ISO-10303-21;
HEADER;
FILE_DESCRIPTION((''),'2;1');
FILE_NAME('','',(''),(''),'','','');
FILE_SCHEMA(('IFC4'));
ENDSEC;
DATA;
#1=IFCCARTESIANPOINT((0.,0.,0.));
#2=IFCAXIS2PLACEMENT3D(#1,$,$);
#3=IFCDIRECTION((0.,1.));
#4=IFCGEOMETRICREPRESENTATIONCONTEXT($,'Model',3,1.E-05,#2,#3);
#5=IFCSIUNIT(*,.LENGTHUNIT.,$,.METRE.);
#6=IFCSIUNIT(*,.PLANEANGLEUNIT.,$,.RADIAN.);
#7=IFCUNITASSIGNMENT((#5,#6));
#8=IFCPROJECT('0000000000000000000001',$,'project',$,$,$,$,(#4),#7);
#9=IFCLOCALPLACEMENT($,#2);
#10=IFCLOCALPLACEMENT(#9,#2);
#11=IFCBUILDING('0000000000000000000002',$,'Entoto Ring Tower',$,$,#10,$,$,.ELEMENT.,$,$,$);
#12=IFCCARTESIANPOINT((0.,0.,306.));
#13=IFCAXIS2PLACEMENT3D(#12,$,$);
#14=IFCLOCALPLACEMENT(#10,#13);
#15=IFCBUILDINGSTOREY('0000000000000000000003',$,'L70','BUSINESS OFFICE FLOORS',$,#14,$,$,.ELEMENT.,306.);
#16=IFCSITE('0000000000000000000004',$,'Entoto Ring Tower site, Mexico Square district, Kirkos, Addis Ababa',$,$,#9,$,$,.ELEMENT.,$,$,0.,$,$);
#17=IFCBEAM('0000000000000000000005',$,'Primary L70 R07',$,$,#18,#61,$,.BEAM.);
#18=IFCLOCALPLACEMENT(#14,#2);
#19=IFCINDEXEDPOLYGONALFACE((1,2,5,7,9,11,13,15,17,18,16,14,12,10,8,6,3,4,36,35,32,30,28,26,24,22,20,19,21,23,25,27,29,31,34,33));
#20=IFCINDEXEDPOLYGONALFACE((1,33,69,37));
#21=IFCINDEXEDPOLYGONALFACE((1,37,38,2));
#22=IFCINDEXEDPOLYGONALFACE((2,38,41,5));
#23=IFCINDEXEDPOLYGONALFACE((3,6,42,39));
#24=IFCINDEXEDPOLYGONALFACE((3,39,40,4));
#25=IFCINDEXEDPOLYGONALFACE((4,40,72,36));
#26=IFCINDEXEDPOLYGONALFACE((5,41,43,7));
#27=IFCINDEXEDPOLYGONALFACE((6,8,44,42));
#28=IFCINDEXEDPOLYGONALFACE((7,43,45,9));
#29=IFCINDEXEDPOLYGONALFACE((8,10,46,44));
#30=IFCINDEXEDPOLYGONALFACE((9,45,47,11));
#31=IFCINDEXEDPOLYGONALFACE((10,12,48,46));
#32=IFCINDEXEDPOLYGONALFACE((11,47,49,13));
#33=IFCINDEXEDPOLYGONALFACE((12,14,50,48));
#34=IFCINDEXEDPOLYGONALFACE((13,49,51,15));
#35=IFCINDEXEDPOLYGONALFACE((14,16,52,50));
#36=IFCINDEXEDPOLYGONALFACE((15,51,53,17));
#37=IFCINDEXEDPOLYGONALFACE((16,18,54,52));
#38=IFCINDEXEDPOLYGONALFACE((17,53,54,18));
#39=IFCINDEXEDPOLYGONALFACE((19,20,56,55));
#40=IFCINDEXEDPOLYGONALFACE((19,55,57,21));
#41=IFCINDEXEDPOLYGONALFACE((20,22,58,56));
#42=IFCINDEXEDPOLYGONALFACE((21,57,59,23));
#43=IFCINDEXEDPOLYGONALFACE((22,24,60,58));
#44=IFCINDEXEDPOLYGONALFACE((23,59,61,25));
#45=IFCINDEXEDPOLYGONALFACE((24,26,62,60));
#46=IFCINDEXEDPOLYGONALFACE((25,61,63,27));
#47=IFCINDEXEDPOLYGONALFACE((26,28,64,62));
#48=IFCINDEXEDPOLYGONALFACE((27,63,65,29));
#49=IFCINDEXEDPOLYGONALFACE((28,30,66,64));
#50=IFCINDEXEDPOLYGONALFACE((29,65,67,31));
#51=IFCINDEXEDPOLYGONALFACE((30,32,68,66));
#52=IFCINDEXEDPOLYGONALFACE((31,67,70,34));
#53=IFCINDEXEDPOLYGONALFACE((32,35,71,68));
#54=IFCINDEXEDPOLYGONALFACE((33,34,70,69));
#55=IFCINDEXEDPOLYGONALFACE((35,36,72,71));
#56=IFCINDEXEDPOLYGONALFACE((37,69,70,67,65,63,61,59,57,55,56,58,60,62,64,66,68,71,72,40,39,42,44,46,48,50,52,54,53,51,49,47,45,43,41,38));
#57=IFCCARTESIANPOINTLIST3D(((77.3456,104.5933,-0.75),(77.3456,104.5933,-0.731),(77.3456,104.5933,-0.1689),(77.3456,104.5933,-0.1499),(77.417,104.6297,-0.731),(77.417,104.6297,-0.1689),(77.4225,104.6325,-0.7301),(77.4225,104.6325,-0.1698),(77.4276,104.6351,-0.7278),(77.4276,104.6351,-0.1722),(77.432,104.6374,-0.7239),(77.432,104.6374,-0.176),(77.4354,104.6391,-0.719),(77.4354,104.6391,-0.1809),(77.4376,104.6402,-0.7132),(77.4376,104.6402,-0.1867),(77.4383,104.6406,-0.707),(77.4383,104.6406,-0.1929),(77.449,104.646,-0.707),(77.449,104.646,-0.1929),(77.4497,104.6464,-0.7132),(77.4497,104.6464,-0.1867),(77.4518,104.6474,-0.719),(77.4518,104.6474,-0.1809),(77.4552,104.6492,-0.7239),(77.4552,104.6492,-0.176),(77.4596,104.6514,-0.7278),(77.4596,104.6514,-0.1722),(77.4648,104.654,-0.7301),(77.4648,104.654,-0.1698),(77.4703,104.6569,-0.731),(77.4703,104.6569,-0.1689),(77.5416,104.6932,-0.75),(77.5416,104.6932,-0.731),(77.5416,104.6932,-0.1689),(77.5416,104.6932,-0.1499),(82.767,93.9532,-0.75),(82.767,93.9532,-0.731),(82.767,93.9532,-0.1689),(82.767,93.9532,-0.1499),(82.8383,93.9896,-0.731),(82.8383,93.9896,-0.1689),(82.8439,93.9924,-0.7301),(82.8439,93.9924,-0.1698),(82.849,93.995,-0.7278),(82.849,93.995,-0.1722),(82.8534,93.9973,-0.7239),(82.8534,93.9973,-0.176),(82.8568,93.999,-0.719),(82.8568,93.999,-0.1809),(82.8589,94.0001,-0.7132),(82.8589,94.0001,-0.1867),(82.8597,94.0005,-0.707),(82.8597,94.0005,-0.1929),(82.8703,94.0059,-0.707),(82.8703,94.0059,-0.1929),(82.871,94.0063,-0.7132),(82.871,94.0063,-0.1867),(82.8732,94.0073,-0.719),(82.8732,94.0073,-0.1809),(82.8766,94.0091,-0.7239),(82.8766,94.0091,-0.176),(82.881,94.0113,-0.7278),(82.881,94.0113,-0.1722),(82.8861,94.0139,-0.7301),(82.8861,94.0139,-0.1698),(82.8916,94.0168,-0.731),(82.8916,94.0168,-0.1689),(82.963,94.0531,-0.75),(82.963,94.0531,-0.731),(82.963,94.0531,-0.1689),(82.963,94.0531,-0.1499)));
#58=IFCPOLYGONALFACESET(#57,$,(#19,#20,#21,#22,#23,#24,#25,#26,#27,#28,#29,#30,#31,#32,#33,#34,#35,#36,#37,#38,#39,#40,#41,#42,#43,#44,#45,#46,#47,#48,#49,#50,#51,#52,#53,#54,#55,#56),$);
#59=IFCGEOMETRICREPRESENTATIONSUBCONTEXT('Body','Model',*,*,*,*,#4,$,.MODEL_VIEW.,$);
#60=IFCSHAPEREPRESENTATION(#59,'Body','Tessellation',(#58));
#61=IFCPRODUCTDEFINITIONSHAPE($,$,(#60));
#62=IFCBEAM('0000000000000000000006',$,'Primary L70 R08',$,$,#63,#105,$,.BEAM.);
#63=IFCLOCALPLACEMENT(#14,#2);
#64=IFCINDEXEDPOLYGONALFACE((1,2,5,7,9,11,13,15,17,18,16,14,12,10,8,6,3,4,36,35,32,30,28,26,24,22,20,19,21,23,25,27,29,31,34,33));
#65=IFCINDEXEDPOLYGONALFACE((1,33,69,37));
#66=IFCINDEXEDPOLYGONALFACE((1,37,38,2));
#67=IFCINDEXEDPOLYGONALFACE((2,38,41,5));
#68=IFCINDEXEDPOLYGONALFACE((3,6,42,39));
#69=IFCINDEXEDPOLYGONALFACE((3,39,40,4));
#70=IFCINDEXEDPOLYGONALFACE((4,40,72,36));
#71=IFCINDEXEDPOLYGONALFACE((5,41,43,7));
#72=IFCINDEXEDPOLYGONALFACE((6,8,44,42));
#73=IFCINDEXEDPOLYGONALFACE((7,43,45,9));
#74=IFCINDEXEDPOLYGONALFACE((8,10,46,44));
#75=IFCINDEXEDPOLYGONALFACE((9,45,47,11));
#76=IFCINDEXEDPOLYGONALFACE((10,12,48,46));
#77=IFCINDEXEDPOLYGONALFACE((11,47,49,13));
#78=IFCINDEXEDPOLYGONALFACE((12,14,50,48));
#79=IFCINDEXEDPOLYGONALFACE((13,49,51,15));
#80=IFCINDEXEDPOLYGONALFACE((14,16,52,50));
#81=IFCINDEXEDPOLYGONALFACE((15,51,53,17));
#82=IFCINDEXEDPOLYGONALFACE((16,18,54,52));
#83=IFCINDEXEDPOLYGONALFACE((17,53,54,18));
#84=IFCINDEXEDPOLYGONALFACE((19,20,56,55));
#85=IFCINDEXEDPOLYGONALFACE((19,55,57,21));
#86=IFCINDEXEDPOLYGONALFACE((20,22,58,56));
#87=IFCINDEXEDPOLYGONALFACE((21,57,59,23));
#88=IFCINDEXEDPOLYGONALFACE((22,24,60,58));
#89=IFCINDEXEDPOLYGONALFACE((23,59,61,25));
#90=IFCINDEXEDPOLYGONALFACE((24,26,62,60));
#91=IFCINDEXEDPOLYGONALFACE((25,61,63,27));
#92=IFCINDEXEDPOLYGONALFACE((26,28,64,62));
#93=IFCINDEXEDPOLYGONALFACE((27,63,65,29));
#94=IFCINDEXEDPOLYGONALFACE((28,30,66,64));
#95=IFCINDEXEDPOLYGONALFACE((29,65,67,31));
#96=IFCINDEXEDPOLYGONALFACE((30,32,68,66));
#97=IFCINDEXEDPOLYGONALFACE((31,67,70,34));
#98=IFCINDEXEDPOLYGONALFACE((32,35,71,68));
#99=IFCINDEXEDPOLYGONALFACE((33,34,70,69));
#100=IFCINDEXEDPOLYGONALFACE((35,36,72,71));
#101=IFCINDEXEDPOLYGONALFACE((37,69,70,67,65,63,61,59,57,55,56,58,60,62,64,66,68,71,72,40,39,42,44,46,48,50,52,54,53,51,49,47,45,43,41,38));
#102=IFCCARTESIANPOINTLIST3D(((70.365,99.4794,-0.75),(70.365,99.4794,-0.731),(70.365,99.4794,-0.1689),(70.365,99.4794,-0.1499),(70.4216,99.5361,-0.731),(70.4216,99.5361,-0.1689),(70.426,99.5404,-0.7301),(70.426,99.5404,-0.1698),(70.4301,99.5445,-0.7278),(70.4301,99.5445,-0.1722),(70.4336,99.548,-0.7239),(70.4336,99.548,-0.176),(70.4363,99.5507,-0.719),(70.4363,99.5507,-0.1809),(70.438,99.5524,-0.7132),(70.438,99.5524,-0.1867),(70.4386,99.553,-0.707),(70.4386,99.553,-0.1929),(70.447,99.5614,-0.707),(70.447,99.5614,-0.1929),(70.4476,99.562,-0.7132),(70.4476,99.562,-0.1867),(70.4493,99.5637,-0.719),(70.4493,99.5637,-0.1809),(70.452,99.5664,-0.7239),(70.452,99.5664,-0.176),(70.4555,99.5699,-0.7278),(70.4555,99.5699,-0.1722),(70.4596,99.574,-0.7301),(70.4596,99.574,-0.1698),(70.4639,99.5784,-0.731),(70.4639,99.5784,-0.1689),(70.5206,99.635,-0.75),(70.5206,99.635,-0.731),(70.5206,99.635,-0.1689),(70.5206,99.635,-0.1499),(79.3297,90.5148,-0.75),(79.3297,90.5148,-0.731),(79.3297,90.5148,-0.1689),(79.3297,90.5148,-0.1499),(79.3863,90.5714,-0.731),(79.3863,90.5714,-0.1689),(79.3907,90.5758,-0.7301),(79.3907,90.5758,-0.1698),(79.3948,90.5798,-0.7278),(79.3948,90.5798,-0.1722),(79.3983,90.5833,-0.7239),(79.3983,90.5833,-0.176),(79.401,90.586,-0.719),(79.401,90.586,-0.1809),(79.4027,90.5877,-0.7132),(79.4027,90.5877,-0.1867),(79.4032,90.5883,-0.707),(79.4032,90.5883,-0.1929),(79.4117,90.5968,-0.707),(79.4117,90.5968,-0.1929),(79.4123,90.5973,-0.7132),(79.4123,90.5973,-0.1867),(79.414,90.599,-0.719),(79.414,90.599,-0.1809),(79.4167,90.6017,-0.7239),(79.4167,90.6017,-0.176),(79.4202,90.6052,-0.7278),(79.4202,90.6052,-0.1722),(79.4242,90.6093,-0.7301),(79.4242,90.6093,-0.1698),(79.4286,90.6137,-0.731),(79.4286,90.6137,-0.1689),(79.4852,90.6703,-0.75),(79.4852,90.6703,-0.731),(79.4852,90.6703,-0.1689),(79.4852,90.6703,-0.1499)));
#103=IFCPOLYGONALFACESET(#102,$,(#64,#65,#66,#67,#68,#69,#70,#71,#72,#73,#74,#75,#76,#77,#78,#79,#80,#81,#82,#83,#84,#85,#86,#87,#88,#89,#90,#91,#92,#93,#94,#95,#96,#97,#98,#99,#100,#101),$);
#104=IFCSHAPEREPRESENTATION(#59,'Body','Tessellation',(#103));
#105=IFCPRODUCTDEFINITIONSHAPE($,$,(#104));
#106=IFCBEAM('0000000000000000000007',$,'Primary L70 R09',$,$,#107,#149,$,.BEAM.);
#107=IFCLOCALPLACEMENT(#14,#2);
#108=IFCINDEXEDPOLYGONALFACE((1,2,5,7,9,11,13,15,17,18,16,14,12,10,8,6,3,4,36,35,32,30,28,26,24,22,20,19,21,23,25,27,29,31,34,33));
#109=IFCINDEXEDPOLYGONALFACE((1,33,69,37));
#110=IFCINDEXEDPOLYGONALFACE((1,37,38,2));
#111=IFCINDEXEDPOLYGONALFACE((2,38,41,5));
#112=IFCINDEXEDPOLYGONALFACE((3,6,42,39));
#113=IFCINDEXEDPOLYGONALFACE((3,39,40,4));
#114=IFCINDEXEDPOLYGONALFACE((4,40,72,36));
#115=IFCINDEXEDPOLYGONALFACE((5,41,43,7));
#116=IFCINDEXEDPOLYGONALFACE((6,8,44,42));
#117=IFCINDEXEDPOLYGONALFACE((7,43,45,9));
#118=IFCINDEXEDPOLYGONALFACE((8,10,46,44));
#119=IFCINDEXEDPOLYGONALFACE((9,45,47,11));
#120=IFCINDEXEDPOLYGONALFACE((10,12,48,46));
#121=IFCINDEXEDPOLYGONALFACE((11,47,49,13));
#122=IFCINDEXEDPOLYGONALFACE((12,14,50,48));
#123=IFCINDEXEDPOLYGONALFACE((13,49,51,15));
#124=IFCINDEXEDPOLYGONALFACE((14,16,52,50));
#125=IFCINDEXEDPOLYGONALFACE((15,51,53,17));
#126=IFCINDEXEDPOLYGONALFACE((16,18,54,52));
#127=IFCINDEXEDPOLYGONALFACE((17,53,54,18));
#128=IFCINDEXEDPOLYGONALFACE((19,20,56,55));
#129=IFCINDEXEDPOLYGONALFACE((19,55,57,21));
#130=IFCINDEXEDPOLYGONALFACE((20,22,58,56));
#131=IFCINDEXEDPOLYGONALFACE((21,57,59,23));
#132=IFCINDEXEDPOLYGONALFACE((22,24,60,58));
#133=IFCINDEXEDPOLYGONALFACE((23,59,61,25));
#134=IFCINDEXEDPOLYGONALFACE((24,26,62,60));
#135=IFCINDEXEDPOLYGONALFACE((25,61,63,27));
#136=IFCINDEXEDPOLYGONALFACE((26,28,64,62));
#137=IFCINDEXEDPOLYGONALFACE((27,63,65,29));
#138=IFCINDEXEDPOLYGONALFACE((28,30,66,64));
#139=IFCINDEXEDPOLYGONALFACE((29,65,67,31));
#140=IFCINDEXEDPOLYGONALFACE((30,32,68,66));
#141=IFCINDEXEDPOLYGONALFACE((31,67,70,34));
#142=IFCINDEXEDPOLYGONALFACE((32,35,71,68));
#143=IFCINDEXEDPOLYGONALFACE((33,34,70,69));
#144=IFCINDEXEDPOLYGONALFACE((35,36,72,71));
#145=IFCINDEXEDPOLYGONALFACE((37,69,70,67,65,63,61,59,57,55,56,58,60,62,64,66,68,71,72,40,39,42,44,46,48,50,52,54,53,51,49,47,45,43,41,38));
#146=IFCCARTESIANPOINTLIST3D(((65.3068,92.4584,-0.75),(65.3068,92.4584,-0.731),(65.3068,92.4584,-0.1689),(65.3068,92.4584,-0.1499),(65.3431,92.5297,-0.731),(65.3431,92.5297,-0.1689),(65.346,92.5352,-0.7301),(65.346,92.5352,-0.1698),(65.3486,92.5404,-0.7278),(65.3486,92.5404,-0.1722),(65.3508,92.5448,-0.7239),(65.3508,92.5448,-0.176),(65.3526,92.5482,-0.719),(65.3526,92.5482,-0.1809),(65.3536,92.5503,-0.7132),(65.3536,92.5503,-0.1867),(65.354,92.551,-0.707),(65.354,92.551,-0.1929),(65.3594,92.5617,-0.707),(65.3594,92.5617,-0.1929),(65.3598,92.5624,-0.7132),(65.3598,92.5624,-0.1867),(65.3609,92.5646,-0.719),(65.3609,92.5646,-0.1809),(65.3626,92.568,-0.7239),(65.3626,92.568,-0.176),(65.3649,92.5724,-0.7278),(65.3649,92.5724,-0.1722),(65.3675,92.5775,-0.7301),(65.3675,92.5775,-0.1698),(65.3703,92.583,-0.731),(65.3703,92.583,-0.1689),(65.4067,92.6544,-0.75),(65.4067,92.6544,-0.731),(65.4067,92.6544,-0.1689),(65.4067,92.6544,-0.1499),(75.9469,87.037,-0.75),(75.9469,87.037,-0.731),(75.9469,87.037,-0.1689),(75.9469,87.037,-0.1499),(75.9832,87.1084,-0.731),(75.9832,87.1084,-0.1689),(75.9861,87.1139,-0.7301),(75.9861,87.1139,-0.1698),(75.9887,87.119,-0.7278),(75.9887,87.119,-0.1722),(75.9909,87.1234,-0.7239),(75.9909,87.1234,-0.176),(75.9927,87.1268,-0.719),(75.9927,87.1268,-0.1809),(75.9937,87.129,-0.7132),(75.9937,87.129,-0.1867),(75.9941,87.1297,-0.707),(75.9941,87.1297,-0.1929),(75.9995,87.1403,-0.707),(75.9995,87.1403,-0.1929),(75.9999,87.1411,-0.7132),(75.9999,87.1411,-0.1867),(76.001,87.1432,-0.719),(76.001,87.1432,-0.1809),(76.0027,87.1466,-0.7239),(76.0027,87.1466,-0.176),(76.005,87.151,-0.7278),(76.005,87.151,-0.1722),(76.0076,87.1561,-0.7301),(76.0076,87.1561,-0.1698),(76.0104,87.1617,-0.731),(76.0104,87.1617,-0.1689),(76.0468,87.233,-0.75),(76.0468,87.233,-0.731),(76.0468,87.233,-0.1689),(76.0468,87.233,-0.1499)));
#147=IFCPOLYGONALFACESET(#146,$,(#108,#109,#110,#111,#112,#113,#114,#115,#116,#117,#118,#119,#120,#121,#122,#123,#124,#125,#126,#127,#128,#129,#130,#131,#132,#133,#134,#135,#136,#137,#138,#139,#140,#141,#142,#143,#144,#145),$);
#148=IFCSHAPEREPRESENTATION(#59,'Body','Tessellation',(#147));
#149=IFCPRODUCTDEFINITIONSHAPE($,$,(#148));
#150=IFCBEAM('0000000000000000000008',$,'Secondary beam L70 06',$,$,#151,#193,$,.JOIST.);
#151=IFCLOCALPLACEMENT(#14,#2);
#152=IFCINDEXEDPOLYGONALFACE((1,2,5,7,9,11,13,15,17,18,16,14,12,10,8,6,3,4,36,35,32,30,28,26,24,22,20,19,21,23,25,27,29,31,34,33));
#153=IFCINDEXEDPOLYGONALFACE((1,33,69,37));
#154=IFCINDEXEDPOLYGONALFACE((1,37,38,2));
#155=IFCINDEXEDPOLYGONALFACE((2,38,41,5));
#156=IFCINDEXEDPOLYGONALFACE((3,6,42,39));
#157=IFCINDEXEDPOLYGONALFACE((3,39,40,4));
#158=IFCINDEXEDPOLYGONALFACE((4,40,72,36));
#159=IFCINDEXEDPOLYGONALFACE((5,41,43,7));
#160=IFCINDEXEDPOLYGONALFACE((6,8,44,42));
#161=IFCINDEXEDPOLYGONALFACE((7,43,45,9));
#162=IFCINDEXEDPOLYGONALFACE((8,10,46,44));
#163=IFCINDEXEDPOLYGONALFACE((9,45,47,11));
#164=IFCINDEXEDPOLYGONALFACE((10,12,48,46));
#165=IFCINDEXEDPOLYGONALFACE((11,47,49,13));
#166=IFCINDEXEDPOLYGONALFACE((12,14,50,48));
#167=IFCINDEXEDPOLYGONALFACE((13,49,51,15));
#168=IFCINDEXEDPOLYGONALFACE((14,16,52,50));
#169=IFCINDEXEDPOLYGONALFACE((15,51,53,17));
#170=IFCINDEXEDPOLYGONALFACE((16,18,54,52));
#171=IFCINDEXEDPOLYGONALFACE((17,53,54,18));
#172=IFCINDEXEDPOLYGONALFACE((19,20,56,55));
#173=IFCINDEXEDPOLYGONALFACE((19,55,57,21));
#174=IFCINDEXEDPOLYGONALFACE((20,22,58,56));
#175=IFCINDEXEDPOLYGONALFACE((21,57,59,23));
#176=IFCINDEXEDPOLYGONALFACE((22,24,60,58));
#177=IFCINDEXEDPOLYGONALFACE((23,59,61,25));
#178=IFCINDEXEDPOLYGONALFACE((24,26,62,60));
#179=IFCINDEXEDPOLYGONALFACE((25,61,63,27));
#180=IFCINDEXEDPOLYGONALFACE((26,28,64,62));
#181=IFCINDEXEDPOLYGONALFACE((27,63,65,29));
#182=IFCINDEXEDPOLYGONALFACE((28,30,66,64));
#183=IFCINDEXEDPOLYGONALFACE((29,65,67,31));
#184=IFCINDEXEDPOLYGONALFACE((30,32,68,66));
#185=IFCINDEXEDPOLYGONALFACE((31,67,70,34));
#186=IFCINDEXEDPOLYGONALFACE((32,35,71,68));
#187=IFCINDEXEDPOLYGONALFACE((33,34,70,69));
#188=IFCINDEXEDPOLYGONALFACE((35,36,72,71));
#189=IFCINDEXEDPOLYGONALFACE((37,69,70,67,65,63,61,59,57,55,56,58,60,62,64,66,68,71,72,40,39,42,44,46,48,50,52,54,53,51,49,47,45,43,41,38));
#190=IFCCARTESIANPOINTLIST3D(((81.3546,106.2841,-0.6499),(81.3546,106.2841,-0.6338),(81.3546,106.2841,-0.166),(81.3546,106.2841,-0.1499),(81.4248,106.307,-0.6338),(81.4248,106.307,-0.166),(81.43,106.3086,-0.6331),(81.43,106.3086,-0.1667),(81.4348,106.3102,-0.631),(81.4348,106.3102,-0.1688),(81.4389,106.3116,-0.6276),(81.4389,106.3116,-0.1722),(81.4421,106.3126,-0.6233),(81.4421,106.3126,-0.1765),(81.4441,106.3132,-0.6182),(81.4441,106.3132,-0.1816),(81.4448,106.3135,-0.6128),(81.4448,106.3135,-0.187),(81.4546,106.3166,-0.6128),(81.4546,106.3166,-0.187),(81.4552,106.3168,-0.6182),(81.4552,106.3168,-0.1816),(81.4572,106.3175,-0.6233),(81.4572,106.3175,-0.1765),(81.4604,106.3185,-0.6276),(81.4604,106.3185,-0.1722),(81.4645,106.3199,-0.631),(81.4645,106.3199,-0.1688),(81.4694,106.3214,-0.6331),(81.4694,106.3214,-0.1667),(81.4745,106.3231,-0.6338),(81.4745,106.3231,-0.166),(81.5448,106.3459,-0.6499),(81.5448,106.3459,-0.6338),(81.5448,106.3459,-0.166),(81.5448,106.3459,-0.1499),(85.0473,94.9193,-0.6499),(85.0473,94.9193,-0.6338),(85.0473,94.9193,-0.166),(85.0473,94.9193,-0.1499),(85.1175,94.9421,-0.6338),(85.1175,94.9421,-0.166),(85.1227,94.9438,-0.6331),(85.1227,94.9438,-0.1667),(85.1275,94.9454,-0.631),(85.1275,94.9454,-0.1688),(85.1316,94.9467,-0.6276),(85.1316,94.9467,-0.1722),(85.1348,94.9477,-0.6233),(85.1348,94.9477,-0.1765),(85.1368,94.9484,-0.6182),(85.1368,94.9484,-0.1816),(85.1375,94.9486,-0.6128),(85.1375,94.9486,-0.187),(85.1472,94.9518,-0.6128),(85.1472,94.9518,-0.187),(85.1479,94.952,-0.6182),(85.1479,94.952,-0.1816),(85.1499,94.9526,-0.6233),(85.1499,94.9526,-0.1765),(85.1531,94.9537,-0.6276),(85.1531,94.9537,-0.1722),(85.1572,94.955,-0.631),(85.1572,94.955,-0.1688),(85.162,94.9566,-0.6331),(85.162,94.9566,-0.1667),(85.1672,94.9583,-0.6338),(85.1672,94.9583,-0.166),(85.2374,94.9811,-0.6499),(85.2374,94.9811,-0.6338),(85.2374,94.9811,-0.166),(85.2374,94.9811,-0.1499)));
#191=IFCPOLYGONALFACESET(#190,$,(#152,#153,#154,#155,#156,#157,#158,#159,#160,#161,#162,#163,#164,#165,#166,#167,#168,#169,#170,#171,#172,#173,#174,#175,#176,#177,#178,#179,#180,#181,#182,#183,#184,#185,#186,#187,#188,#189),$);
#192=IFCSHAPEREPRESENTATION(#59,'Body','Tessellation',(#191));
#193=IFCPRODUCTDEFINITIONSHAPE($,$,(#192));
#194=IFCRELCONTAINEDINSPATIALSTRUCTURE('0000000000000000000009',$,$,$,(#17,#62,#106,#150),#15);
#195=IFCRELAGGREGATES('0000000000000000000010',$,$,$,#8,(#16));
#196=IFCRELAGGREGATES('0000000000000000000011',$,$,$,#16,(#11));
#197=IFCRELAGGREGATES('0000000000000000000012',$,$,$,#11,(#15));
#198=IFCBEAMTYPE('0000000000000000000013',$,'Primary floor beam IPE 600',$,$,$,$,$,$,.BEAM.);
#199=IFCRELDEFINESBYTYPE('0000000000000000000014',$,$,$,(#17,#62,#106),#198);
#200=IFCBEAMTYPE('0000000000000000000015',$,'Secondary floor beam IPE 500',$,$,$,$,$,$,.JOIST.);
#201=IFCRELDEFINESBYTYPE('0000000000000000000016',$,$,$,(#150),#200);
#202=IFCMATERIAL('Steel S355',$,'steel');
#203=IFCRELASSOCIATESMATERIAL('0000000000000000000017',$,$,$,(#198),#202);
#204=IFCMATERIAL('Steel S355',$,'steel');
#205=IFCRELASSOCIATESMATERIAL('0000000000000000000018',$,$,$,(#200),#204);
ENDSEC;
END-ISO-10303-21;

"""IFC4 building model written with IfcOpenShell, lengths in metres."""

from ifc_helpers import new_model, si_unit, direction, frame, origin, origin_2d, place, context, subcontext, project, spatial, i_section, extrude, material, material_profile, profile_set, type_object, element, save


model = new_model("IFC4")

# Units and contexts
model_context = context("Model", 3, precision=1e-05, world=origin(), true_north=direction((0.0, 1.0)))
body_context = subcontext(model_context, "Body", "Model", "MODEL_VIEW")
ifc_project = project(units=[si_unit("LENGTHUNIT", "METRE"), si_unit("PLANEANGLEUNIT", "RADIAN")], contexts=[model_context])

# Site, building, storey
site_placement = place(None, origin())
site = spatial("IfcSite", under=ifc_project, at=site_placement, Name="Entoto Ring Tower site, Mexico Square district, Kirkos, Addis Ababa", CompositionType="ELEMENT", RefElevation=0.0)
building_placement = place(site_placement, origin())
building = spatial("IfcBuilding", under=site, at=building_placement, Name="Entoto Ring Tower", CompositionType="ELEMENT")
storey_placement = place(building_placement, frame((0.0, 0.0, 306.0)))
storey = spatial("IfcBuildingStorey", under=building, at=storey_placement, Name="L70", Description="BUSINESS OFFICE FLOORS", CompositionType="ELEMENT", Elevation=306.0)

# Beams
ifc_material_1 = material(Name="Steel S355", Category="steel")
ifc_material_profile_1 = material_profile(ifc_material_1, i_section(OverallWidth=0.22, OverallDepth=0.6001, WebThickness=0.012, FlangeThickness=0.019, FilletRadius=0.0239, at=origin_2d()), Name="IPE 600")
ifc_profile_set_1 = profile_set([ifc_material_profile_1], Name="Steel S355")
beam_type_1 = type_object("IfcBeamType", Name="Primary floor beam IPE 600", PredefinedType="BEAM", material=ifc_profile_set_1)
beam_1_placement = place(storey_placement, frame((82.865, 94.0032, -0.45), z_axis=(-0.453988, 0.891008, 0.0), x_axis=(-0.891008, -0.453988, 0.0)))
element("IfcBeam", 1, at=beam_1_placement, inside=storey, type_object=beam_type_1, Name="Primary L70 R07", PredefinedType="BEAM", context=body_context, shape_type="SweptSolid", body=[
    extrude(i_section(OverallWidth=0.22, OverallDepth=0.6001, WebThickness=0.012, FlangeThickness=0.019, FilletRadius=0.0239, at=origin_2d()), origin(), (0.0, 0.0, 1.0), 11.9417),
])
beam_2_placement = place(storey_placement, frame((79.4075, 90.5925, -0.45), z_axis=(-0.707107, 0.707107, 0.0), x_axis=(-0.707107, -0.707107, 0.0)))
element("IfcBeam", 2, at=beam_2_placement, inside=storey, type_object=beam_type_1, Name="Primary L70 R08", PredefinedType="BEAM", context=body_context, shape_type="SweptSolid", body=[
    extrude(i_section(OverallWidth=0.22, OverallDepth=0.6001, WebThickness=0.012, FlangeThickness=0.019, FilletRadius=0.0239, at=origin_2d()), origin(), (0.0, 0.0, 1.0), 12.678),
])
beam_3_placement = place(storey_placement, frame((75.9968, 87.135, -0.45), z_axis=(-0.891008, 0.453988, 0.0), x_axis=(-0.453988, -0.891008, 0.0)))
element("IfcBeam", 3, at=beam_3_placement, inside=storey, type_object=beam_type_1, Name="Primary L70 R09", PredefinedType="BEAM", context=body_context, shape_type="SweptSolid", body=[
    extrude(i_section(OverallWidth=0.22, OverallDepth=0.6001, WebThickness=0.012, FlangeThickness=0.019, FilletRadius=0.0239, at=origin_2d()), origin(), (0.0, 0.0, 1.0), 11.9417),
])
ifc_material_2 = material(Name="Steel S355", Category="steel")
ifc_material_profile_2 = material_profile(ifc_material_2, i_section(OverallWidth=0.2, OverallDepth=0.5, WebThickness=0.0103, FlangeThickness=0.0161, FilletRadius=0.021, at=origin_2d()), Name="IPE 500")
ifc_profile_set_2 = profile_set([ifc_material_profile_2], Name="Steel S355")
beam_type_2 = type_object("IfcBeamType", Name="Secondary floor beam IPE 500", PredefinedType="JOIST", material=ifc_profile_set_2)
beam_4_placement = place(storey_placement, frame((85.1423, 94.9502, -0.3999), z_axis=(-0.309017, 0.951057, 0.0), x_axis=(-0.951057, -0.309017, 0.0)))
element("IfcBeam", 4, at=beam_4_placement, inside=storey, type_object=beam_type_2, Name="Secondary beam L70 06", PredefinedType="JOIST", context=body_context, shape_type="SweptSolid", body=[
    extrude(i_section(OverallWidth=0.2, OverallDepth=0.5, WebThickness=0.0103, FlangeThickness=0.0161, FilletRadius=0.021, at=origin_2d()), origin(), (0.0, 0.0, 1.0), 11.9497),
])

save(model, "model.ifc")
